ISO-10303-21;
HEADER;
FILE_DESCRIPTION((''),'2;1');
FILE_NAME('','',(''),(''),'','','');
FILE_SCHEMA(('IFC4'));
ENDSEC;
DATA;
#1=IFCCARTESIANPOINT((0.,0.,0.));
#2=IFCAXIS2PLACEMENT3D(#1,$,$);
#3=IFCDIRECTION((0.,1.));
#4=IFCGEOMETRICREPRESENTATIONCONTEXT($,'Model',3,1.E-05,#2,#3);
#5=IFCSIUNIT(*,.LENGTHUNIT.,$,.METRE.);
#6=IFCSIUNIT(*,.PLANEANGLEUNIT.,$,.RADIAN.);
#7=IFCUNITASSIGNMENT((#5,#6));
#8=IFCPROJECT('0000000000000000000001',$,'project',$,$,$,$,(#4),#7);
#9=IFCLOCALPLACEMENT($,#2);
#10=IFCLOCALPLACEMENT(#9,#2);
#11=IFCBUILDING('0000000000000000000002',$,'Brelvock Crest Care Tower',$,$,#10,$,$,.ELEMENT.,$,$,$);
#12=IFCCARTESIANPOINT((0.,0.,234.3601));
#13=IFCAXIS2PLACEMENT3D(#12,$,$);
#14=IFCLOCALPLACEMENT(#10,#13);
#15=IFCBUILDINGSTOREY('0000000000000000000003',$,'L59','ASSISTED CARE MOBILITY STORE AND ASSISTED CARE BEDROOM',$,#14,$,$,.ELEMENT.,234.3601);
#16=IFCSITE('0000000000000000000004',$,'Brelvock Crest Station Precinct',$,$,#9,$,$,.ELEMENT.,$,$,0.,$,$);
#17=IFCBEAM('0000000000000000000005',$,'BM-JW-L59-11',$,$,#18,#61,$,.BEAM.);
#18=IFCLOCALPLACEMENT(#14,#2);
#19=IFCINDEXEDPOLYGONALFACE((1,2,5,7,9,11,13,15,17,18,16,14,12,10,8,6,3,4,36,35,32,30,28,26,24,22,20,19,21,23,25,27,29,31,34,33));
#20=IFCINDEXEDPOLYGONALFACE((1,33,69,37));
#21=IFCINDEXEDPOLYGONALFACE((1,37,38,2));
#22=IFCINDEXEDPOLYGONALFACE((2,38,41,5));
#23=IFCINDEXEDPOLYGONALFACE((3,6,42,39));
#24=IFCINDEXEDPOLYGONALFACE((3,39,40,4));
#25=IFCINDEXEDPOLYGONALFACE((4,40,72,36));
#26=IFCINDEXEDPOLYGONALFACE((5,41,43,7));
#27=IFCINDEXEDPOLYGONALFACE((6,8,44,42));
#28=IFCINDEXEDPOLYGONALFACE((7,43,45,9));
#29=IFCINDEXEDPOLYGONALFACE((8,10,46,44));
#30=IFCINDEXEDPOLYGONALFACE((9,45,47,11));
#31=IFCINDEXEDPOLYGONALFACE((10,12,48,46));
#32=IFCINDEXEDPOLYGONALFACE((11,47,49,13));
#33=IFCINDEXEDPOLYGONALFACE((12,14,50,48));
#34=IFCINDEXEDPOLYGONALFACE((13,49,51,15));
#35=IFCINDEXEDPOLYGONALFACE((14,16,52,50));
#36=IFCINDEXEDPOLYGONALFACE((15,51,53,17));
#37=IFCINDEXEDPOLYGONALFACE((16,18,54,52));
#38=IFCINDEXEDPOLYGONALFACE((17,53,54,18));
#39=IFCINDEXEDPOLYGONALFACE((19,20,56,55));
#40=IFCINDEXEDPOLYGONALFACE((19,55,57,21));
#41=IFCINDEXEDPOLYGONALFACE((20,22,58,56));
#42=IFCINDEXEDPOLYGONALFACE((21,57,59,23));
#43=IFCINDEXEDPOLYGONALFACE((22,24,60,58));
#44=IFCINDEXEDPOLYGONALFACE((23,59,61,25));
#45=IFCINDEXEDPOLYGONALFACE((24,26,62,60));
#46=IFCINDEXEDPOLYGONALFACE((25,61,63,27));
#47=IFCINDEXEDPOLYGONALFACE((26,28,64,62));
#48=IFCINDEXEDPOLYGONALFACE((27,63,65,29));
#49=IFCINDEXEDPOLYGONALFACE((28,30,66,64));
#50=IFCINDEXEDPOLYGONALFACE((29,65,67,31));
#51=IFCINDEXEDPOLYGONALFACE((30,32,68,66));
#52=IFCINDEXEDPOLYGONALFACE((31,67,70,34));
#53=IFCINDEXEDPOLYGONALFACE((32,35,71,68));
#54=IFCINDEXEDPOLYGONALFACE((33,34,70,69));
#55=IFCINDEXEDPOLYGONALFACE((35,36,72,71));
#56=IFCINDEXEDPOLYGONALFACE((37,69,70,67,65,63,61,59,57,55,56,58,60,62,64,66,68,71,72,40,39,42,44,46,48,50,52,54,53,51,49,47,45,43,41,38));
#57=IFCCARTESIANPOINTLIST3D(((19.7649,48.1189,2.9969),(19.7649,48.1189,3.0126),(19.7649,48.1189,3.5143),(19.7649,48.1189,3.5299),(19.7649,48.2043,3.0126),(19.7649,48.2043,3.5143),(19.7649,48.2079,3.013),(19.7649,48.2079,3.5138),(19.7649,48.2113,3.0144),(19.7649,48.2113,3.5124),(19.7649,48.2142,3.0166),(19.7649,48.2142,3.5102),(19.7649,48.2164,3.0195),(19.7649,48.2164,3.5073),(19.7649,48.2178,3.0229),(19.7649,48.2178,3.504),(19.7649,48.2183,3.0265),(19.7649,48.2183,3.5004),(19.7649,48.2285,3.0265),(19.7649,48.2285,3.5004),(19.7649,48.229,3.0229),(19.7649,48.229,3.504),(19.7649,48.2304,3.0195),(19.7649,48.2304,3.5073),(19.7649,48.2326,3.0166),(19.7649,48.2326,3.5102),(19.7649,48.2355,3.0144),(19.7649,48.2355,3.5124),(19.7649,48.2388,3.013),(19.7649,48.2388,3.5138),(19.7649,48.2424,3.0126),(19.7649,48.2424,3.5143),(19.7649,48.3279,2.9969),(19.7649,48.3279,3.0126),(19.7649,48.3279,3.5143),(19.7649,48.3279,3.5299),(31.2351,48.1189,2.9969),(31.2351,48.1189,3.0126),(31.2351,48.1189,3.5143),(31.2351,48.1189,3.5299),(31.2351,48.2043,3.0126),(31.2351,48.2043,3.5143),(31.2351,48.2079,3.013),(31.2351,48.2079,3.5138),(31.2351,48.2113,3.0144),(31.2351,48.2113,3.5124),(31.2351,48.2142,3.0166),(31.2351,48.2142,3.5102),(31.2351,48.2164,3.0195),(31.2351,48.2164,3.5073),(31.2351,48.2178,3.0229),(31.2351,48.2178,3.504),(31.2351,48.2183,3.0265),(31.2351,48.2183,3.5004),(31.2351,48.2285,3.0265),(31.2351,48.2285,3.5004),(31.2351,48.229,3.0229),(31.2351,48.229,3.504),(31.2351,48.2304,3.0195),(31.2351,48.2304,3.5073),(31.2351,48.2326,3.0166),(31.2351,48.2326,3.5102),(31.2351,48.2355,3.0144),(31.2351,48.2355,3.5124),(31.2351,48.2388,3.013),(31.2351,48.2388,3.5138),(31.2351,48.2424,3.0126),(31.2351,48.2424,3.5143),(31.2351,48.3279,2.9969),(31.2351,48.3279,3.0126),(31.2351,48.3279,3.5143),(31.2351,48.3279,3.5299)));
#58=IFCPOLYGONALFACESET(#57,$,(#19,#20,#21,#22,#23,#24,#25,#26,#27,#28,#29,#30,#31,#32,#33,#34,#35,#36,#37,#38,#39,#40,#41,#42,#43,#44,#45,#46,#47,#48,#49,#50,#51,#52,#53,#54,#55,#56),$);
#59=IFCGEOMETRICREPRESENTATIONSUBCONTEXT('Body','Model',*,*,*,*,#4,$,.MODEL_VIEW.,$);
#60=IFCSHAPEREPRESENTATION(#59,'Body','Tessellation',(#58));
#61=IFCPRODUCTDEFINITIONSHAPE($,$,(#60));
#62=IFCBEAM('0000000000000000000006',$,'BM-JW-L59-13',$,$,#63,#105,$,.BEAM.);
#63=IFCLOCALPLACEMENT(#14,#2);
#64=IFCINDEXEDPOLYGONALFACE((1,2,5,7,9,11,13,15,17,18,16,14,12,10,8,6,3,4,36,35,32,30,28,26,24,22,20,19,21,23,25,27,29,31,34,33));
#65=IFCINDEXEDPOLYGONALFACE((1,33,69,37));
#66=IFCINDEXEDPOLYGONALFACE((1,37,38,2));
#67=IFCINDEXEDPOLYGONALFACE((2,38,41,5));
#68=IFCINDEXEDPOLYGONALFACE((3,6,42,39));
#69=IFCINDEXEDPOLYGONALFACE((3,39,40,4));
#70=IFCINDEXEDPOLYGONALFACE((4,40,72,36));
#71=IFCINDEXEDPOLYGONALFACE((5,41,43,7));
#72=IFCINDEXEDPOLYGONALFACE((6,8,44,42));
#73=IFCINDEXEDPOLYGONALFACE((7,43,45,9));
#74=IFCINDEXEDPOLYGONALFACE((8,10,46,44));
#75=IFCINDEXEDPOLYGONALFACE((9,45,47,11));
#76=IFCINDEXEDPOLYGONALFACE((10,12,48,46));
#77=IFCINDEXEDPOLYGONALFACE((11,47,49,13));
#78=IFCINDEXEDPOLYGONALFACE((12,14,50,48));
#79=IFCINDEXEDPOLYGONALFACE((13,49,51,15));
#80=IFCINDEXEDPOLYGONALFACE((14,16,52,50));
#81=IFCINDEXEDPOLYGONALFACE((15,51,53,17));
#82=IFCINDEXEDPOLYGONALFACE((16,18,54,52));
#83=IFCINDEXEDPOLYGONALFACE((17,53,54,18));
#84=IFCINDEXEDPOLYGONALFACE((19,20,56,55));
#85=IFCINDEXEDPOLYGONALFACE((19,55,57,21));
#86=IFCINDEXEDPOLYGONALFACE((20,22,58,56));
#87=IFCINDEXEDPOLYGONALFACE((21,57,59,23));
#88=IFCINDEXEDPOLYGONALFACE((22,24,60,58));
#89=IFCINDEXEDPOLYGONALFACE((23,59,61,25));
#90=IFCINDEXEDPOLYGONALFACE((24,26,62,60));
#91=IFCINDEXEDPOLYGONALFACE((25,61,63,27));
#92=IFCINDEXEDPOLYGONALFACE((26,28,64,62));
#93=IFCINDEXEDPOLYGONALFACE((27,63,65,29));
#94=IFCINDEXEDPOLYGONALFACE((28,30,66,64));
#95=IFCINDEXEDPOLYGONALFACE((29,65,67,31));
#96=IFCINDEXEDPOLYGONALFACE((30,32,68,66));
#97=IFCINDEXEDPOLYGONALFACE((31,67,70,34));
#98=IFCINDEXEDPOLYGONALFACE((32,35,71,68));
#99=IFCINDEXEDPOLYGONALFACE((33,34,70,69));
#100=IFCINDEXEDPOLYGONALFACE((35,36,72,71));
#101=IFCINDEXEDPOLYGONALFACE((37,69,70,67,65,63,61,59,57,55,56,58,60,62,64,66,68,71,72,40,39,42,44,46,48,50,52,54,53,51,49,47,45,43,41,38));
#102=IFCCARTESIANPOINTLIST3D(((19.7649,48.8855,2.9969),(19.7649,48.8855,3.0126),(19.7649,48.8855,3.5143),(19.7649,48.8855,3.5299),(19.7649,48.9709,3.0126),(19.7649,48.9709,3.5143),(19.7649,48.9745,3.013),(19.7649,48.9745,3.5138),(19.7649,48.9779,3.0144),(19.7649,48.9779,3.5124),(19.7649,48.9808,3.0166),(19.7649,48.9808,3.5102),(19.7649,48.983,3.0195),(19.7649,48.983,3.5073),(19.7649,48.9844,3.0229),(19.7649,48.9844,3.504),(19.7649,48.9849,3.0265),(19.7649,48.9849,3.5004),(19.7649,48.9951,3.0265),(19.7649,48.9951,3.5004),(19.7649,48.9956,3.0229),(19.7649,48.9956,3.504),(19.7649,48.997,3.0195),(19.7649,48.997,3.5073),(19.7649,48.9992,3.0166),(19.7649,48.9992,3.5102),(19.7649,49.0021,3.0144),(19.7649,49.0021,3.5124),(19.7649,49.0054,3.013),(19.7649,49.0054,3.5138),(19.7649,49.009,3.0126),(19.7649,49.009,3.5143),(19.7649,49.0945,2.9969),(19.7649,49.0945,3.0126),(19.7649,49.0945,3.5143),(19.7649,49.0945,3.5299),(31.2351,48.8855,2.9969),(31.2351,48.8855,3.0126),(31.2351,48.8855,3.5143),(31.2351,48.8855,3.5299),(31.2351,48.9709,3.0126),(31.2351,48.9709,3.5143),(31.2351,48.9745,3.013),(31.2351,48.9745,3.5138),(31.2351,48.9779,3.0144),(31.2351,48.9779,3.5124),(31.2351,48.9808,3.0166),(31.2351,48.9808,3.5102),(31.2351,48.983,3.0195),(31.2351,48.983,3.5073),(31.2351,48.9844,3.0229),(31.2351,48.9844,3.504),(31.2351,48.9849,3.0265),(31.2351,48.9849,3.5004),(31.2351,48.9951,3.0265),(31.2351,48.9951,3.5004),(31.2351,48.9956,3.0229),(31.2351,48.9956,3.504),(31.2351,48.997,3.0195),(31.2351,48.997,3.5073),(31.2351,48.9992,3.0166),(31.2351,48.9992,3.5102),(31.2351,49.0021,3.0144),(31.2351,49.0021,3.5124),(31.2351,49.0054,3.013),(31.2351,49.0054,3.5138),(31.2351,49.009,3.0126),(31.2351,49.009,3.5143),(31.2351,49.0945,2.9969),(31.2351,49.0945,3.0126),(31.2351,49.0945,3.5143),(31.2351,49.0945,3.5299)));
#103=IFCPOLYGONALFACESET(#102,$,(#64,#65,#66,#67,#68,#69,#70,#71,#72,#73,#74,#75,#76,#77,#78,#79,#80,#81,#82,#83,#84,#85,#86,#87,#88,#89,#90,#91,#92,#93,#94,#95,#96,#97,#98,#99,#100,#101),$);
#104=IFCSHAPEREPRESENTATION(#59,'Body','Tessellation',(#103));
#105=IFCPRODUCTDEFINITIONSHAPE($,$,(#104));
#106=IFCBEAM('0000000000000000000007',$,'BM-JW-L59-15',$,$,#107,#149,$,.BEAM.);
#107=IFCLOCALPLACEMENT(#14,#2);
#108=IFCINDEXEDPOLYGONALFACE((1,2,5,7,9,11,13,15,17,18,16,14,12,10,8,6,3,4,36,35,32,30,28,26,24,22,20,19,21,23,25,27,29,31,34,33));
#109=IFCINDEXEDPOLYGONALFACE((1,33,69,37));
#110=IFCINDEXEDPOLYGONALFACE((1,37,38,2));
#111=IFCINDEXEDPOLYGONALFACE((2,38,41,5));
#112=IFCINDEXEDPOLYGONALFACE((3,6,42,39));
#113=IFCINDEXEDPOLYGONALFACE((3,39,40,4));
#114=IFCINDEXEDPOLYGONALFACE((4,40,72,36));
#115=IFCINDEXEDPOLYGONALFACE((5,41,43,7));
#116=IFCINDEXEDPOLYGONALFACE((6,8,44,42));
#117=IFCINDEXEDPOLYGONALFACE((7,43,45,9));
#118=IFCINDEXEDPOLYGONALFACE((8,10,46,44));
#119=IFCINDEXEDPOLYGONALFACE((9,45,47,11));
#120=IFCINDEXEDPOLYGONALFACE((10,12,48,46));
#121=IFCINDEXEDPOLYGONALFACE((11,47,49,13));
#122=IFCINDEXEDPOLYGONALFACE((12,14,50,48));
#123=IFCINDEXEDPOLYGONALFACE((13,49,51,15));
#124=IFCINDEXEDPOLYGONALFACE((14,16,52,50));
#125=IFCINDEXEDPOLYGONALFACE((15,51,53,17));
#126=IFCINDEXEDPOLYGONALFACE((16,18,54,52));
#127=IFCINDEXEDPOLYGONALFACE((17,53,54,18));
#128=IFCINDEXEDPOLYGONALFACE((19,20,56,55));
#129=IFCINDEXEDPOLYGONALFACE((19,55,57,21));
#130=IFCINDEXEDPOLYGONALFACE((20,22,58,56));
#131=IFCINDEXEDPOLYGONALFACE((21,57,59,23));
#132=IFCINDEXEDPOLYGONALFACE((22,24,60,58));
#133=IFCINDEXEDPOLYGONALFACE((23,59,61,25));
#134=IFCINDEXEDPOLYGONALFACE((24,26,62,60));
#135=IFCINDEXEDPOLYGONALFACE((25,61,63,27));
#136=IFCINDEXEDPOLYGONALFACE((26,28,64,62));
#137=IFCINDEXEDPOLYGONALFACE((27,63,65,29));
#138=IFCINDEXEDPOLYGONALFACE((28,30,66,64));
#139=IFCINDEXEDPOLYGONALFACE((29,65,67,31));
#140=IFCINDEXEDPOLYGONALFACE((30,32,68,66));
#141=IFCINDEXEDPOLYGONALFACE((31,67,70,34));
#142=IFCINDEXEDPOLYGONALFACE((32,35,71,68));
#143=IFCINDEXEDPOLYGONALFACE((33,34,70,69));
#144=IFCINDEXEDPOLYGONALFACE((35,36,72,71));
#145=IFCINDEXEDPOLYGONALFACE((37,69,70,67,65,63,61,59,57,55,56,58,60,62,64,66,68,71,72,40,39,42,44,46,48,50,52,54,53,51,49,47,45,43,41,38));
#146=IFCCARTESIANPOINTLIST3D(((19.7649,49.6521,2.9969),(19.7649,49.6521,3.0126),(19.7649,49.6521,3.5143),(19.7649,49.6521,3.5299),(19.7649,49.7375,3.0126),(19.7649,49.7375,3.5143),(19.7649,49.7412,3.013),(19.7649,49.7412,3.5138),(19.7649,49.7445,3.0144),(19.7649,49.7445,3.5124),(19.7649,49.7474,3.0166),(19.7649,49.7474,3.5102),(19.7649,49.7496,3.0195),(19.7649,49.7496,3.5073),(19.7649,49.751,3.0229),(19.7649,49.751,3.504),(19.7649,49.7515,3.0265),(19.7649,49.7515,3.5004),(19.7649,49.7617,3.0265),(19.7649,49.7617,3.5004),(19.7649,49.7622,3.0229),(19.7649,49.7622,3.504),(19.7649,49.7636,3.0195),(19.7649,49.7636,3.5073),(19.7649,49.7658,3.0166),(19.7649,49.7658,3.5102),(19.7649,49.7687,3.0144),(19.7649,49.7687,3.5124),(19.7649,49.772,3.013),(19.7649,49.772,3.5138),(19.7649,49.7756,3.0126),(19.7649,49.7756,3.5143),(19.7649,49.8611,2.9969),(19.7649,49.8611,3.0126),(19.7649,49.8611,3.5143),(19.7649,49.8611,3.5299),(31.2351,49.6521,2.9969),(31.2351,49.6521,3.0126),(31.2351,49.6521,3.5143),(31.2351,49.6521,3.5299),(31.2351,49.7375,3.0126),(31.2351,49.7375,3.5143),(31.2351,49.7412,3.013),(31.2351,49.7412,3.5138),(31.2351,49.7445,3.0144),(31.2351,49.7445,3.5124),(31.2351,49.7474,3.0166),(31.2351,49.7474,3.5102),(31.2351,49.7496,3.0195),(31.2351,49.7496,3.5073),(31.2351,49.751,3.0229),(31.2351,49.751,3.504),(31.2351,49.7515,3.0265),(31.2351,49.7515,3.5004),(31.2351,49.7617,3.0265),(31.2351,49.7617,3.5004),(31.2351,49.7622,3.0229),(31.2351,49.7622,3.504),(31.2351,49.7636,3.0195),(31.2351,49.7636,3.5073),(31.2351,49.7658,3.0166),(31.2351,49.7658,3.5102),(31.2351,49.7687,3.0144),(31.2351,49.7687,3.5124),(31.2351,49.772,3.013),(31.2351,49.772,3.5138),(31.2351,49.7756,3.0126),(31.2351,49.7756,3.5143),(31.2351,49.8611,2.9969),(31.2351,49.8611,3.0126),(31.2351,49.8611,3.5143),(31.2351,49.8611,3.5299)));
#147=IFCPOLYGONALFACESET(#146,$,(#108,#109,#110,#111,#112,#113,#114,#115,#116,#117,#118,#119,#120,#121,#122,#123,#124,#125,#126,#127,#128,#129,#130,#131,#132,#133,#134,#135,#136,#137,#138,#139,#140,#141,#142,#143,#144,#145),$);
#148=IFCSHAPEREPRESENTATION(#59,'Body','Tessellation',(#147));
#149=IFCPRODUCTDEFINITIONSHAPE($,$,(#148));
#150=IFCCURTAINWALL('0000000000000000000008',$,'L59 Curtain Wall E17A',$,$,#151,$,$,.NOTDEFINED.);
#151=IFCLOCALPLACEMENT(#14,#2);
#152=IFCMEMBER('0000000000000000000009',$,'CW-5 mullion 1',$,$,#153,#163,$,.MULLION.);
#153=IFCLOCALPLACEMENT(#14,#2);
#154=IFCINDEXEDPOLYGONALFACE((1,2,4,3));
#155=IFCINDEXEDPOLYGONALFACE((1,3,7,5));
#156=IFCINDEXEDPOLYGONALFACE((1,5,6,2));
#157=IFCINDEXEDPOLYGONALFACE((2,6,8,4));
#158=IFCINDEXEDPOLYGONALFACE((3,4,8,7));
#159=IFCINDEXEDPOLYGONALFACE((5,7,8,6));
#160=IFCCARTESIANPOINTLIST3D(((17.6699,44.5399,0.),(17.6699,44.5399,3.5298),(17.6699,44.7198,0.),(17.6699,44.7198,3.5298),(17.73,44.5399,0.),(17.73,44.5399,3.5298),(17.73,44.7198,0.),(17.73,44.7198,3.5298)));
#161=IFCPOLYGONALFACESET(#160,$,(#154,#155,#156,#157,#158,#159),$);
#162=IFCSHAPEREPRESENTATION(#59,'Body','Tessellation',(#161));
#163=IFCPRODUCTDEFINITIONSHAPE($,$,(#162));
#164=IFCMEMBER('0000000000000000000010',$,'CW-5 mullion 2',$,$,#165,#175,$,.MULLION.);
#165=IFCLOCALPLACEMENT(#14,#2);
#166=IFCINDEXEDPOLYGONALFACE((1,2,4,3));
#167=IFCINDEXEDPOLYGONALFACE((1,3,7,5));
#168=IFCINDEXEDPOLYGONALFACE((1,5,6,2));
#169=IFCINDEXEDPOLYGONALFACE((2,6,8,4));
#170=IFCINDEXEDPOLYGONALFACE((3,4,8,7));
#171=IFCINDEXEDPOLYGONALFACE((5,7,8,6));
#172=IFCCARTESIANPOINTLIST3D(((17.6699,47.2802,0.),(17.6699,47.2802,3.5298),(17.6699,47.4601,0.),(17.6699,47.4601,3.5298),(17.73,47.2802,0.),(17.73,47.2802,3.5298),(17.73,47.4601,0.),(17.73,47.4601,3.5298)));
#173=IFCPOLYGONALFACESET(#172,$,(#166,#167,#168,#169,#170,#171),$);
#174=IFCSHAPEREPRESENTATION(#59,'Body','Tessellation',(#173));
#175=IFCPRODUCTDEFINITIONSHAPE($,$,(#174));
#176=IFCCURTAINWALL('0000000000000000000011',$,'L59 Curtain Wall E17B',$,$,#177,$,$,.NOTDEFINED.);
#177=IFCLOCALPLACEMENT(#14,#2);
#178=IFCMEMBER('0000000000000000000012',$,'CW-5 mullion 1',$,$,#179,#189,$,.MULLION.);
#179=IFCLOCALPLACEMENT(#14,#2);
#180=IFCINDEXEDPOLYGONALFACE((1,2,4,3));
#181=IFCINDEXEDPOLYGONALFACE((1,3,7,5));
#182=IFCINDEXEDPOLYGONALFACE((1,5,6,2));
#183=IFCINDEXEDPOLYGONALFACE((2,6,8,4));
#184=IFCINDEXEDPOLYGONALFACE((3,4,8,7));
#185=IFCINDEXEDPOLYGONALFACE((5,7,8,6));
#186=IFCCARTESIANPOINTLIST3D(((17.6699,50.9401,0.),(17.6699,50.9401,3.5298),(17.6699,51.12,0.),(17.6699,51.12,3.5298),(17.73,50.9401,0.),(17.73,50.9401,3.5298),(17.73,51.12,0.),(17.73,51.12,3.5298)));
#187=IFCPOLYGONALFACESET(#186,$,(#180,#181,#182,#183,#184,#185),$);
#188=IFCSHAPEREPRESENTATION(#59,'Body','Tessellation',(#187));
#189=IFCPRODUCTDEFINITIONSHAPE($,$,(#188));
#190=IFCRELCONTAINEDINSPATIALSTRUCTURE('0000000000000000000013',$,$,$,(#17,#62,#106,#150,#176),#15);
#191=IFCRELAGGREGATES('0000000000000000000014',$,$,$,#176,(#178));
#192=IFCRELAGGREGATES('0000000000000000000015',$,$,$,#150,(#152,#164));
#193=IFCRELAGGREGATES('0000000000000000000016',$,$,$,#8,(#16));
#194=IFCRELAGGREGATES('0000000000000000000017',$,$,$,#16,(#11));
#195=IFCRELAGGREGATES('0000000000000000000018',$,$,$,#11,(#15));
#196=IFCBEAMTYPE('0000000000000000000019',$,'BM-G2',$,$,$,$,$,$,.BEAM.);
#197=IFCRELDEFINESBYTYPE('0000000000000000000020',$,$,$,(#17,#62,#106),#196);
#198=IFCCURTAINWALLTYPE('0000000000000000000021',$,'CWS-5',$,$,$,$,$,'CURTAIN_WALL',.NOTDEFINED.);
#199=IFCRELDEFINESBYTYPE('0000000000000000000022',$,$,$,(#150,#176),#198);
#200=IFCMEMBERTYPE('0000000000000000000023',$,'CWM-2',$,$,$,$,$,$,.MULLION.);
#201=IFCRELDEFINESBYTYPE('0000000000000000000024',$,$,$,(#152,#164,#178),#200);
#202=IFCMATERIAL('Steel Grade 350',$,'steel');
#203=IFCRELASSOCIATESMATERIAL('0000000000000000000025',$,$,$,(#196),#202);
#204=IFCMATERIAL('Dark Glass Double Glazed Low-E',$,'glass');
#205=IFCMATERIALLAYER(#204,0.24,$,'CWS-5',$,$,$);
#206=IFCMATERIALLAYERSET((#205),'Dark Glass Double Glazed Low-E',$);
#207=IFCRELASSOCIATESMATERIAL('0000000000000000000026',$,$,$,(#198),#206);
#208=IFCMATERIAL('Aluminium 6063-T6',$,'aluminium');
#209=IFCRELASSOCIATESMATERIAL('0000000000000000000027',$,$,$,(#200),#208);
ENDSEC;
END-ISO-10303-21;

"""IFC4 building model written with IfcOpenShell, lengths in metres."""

from ifc_helpers import new_model, si_unit, direction, frame, origin, origin_2d, place, context, subcontext, project, spatial, rectangle, i_section, extrude, source, transform, mapped, material, layer, layer_set, material_profile, profile_set, type_object, element, aggregate, save


model = new_model("IFC4")

# Units and contexts
model_context = context("Model", 3, precision=1e-05, world=origin(), true_north=direction((0.0, 1.0)))
body_context = subcontext(model_context, "Body", "Model", "MODEL_VIEW")
ifc_project = project(units=[si_unit("LENGTHUNIT", "METRE"), si_unit("PLANEANGLEUNIT", "RADIAN")], contexts=[model_context])

# Site, building, storey
site_placement = place(None, origin())
site = spatial("IfcSite", under=ifc_project, at=site_placement, Name="Brelvock Crest Station Precinct", CompositionType="ELEMENT", RefElevation=0.0)
building_placement = place(site_placement, origin())
building = spatial("IfcBuilding", under=site, at=building_placement, Name="Brelvock Crest Care Tower", CompositionType="ELEMENT")
storey_placement = place(building_placement, frame((0.0, 0.0, 234.3601)))
storey = spatial("IfcBuildingStorey", under=building, at=storey_placement, Name="L59", Description="ASSISTED CARE MOBILITY STORE AND ASSISTED CARE BEDROOM", CompositionType="ELEMENT", Elevation=234.3601)

# Beams
ifc_material_1 = material(Name="Steel Grade 350", Category="steel")
ifc_material_profile_1 = material_profile(ifc_material_1, i_section(OverallWidth=0.209, OverallDepth=0.533, WebThickness=0.0103, FlangeThickness=0.0156, FilletRadius=0.0139, at=origin_2d()), Name="530UB92.4")
ifc_profile_set_1 = profile_set([ifc_material_profile_1], Name="Steel Grade 350")
beam_type_1 = type_object("IfcBeamType", Name="BM-G2", PredefinedType="BEAM", material=ifc_profile_set_1)
shared_shape_1 = source(origin(), body_context, "Body", "SweptSolid", [
    extrude(i_section(OverallWidth=0.209, OverallDepth=0.533, WebThickness=0.0103, FlangeThickness=0.0156, FilletRadius=0.0139, at=origin_2d()), origin(), (0.0, 0.0, 1.0), 11.4702),
])
for number, where, z_axis, x_axis, name in (
    (1, (19.7649, 48.2234, 3.2634), (1.0, 0.0, 0.0), (0.0, 1.0, 0.0), "BM-JW-L59-11"),
    (2, (19.7649, 48.99, 3.2634), (1.0, 0.0, 0.0), (0.0, 1.0, 0.0), "BM-JW-L59-13"),
    (3, (19.7649, 49.7566, 3.2634), (1.0, 0.0, 0.0), (0.0, 1.0, 0.0), "BM-JW-L59-15"),
):
    element("IfcBeam", number, at=place(storey_placement, frame(where, z_axis=z_axis, x_axis=x_axis)), inside=storey, type_object=beam_type_1, Name=name, PredefinedType="BEAM", context=body_context, shape_type="MappedRepresentation", body=[
        mapped(shared_shape_1, transform((0.0, 0.0, 0.0), x_axis=(1.0, 0.0, 0.0), y_axis=(0.0, 1.0, 0.0), z_axis=(0.0, 0.0, 1.0), scale=1.0)),
    ])

# Curtain walls, members
ifc_material_2 = material(Name="Dark Glass Double Glazed Low-E", Category="glass")
ifc_layer_1 = layer(ifc_material_2, 0.24, Name="CWS-5")
ifc_layer_set_1 = layer_set([ifc_layer_1], Name="Dark Glass Double Glazed Low-E")
curtain_wall_type = type_object("IfcCurtainWallType", Name="CWS-5", ElementType="CURTAIN_WALL", PredefinedType="NOTDEFINED", material=ifc_layer_set_1)
curtain_wall_1_placement = place(storey_placement, origin())
curtain_wall_1 = element("IfcCurtainWall", 4, at=curtain_wall_1_placement, inside=storey, type_object=curtain_wall_type, Name="L59 Curtain Wall E17A", PredefinedType="NOTDEFINED")
ifc_material_3 = material(Name="Aluminium 6063-T6", Category="aluminium")
ifc_material_profile_2 = material_profile(ifc_material_3, rectangle(XDim=0.0601, YDim=0.1799, at=origin_2d()), Name="ALU60x180")
ifc_profile_set_2 = profile_set([ifc_material_profile_2], Name="Aluminium 6063-T6")
member_type_1 = type_object("IfcMemberType", Name="CWM-2", PredefinedType="MULLION", material=ifc_profile_set_2)
shared_shape_2 = source(origin(), body_context, "Body", "SweptSolid", [
    extrude(rectangle(XDim=0.0601, YDim=0.1799, at=origin_2d()), origin(), (0.0, 0.0, 1.0), 3.5298),
])
member_1_placement = place(storey_placement, frame((17.7, 44.6299, 0.0), z_axis=(0.0, 0.0, 1.0), x_axis=(-1.0, 0.0, 0.0)))
member_1 = element("IfcMember", 5, at=member_1_placement, type_object=member_type_1, Name="CW-5 mullion 1", PredefinedType="MULLION", context=body_context, shape_type="MappedRepresentation", body=[
    mapped(shared_shape_2, transform((0.0, 0.0, 0.0), x_axis=(1.0, 0.0, 0.0), y_axis=(0.0, 1.0, 0.0), z_axis=(0.0, 0.0, 1.0), scale=1.0)),
])
member_2_placement = place(storey_placement, frame((17.7, 47.3701, 0.0), z_axis=(0.0, 0.0, 1.0), x_axis=(-1.0, 0.0, 0.0)))
member_2 = element("IfcMember", 6, at=member_2_placement, type_object=member_type_1, Name="CW-5 mullion 2", PredefinedType="MULLION", context=body_context, shape_type="MappedRepresentation", body=[
    mapped(shared_shape_2, transform((0.0, 0.0, 0.0), x_axis=(1.0, 0.0, 0.0), y_axis=(0.0, 1.0, 0.0), z_axis=(0.0, 0.0, 1.0), scale=1.0)),
])
curtain_wall_2_placement = place(storey_placement, origin())
curtain_wall_2 = element("IfcCurtainWall", 7, at=curtain_wall_2_placement, inside=storey, type_object=curtain_wall_type, Name="L59 Curtain Wall E17B", PredefinedType="NOTDEFINED")
member_3_placement = place(storey_placement, frame((17.7, 51.03, 0.0), z_axis=(0.0, 0.0, 1.0), x_axis=(-1.0, 0.0, 0.0)))
member_3 = element("IfcMember", 8, at=member_3_placement, type_object=member_type_1, Name="CW-5 mullion 1", PredefinedType="MULLION", context=body_context, shape_type="MappedRepresentation", body=[
    mapped(shared_shape_2, transform((0.0, 0.0, 0.0), x_axis=(1.0, 0.0, 0.0), y_axis=(0.0, 1.0, 0.0), z_axis=(0.0, 0.0, 1.0), scale=1.0)),
])

aggregate(curtain_wall_2, [member_3])
aggregate(curtain_wall_1, [member_1, member_2])

save(model, "model.ifc")
